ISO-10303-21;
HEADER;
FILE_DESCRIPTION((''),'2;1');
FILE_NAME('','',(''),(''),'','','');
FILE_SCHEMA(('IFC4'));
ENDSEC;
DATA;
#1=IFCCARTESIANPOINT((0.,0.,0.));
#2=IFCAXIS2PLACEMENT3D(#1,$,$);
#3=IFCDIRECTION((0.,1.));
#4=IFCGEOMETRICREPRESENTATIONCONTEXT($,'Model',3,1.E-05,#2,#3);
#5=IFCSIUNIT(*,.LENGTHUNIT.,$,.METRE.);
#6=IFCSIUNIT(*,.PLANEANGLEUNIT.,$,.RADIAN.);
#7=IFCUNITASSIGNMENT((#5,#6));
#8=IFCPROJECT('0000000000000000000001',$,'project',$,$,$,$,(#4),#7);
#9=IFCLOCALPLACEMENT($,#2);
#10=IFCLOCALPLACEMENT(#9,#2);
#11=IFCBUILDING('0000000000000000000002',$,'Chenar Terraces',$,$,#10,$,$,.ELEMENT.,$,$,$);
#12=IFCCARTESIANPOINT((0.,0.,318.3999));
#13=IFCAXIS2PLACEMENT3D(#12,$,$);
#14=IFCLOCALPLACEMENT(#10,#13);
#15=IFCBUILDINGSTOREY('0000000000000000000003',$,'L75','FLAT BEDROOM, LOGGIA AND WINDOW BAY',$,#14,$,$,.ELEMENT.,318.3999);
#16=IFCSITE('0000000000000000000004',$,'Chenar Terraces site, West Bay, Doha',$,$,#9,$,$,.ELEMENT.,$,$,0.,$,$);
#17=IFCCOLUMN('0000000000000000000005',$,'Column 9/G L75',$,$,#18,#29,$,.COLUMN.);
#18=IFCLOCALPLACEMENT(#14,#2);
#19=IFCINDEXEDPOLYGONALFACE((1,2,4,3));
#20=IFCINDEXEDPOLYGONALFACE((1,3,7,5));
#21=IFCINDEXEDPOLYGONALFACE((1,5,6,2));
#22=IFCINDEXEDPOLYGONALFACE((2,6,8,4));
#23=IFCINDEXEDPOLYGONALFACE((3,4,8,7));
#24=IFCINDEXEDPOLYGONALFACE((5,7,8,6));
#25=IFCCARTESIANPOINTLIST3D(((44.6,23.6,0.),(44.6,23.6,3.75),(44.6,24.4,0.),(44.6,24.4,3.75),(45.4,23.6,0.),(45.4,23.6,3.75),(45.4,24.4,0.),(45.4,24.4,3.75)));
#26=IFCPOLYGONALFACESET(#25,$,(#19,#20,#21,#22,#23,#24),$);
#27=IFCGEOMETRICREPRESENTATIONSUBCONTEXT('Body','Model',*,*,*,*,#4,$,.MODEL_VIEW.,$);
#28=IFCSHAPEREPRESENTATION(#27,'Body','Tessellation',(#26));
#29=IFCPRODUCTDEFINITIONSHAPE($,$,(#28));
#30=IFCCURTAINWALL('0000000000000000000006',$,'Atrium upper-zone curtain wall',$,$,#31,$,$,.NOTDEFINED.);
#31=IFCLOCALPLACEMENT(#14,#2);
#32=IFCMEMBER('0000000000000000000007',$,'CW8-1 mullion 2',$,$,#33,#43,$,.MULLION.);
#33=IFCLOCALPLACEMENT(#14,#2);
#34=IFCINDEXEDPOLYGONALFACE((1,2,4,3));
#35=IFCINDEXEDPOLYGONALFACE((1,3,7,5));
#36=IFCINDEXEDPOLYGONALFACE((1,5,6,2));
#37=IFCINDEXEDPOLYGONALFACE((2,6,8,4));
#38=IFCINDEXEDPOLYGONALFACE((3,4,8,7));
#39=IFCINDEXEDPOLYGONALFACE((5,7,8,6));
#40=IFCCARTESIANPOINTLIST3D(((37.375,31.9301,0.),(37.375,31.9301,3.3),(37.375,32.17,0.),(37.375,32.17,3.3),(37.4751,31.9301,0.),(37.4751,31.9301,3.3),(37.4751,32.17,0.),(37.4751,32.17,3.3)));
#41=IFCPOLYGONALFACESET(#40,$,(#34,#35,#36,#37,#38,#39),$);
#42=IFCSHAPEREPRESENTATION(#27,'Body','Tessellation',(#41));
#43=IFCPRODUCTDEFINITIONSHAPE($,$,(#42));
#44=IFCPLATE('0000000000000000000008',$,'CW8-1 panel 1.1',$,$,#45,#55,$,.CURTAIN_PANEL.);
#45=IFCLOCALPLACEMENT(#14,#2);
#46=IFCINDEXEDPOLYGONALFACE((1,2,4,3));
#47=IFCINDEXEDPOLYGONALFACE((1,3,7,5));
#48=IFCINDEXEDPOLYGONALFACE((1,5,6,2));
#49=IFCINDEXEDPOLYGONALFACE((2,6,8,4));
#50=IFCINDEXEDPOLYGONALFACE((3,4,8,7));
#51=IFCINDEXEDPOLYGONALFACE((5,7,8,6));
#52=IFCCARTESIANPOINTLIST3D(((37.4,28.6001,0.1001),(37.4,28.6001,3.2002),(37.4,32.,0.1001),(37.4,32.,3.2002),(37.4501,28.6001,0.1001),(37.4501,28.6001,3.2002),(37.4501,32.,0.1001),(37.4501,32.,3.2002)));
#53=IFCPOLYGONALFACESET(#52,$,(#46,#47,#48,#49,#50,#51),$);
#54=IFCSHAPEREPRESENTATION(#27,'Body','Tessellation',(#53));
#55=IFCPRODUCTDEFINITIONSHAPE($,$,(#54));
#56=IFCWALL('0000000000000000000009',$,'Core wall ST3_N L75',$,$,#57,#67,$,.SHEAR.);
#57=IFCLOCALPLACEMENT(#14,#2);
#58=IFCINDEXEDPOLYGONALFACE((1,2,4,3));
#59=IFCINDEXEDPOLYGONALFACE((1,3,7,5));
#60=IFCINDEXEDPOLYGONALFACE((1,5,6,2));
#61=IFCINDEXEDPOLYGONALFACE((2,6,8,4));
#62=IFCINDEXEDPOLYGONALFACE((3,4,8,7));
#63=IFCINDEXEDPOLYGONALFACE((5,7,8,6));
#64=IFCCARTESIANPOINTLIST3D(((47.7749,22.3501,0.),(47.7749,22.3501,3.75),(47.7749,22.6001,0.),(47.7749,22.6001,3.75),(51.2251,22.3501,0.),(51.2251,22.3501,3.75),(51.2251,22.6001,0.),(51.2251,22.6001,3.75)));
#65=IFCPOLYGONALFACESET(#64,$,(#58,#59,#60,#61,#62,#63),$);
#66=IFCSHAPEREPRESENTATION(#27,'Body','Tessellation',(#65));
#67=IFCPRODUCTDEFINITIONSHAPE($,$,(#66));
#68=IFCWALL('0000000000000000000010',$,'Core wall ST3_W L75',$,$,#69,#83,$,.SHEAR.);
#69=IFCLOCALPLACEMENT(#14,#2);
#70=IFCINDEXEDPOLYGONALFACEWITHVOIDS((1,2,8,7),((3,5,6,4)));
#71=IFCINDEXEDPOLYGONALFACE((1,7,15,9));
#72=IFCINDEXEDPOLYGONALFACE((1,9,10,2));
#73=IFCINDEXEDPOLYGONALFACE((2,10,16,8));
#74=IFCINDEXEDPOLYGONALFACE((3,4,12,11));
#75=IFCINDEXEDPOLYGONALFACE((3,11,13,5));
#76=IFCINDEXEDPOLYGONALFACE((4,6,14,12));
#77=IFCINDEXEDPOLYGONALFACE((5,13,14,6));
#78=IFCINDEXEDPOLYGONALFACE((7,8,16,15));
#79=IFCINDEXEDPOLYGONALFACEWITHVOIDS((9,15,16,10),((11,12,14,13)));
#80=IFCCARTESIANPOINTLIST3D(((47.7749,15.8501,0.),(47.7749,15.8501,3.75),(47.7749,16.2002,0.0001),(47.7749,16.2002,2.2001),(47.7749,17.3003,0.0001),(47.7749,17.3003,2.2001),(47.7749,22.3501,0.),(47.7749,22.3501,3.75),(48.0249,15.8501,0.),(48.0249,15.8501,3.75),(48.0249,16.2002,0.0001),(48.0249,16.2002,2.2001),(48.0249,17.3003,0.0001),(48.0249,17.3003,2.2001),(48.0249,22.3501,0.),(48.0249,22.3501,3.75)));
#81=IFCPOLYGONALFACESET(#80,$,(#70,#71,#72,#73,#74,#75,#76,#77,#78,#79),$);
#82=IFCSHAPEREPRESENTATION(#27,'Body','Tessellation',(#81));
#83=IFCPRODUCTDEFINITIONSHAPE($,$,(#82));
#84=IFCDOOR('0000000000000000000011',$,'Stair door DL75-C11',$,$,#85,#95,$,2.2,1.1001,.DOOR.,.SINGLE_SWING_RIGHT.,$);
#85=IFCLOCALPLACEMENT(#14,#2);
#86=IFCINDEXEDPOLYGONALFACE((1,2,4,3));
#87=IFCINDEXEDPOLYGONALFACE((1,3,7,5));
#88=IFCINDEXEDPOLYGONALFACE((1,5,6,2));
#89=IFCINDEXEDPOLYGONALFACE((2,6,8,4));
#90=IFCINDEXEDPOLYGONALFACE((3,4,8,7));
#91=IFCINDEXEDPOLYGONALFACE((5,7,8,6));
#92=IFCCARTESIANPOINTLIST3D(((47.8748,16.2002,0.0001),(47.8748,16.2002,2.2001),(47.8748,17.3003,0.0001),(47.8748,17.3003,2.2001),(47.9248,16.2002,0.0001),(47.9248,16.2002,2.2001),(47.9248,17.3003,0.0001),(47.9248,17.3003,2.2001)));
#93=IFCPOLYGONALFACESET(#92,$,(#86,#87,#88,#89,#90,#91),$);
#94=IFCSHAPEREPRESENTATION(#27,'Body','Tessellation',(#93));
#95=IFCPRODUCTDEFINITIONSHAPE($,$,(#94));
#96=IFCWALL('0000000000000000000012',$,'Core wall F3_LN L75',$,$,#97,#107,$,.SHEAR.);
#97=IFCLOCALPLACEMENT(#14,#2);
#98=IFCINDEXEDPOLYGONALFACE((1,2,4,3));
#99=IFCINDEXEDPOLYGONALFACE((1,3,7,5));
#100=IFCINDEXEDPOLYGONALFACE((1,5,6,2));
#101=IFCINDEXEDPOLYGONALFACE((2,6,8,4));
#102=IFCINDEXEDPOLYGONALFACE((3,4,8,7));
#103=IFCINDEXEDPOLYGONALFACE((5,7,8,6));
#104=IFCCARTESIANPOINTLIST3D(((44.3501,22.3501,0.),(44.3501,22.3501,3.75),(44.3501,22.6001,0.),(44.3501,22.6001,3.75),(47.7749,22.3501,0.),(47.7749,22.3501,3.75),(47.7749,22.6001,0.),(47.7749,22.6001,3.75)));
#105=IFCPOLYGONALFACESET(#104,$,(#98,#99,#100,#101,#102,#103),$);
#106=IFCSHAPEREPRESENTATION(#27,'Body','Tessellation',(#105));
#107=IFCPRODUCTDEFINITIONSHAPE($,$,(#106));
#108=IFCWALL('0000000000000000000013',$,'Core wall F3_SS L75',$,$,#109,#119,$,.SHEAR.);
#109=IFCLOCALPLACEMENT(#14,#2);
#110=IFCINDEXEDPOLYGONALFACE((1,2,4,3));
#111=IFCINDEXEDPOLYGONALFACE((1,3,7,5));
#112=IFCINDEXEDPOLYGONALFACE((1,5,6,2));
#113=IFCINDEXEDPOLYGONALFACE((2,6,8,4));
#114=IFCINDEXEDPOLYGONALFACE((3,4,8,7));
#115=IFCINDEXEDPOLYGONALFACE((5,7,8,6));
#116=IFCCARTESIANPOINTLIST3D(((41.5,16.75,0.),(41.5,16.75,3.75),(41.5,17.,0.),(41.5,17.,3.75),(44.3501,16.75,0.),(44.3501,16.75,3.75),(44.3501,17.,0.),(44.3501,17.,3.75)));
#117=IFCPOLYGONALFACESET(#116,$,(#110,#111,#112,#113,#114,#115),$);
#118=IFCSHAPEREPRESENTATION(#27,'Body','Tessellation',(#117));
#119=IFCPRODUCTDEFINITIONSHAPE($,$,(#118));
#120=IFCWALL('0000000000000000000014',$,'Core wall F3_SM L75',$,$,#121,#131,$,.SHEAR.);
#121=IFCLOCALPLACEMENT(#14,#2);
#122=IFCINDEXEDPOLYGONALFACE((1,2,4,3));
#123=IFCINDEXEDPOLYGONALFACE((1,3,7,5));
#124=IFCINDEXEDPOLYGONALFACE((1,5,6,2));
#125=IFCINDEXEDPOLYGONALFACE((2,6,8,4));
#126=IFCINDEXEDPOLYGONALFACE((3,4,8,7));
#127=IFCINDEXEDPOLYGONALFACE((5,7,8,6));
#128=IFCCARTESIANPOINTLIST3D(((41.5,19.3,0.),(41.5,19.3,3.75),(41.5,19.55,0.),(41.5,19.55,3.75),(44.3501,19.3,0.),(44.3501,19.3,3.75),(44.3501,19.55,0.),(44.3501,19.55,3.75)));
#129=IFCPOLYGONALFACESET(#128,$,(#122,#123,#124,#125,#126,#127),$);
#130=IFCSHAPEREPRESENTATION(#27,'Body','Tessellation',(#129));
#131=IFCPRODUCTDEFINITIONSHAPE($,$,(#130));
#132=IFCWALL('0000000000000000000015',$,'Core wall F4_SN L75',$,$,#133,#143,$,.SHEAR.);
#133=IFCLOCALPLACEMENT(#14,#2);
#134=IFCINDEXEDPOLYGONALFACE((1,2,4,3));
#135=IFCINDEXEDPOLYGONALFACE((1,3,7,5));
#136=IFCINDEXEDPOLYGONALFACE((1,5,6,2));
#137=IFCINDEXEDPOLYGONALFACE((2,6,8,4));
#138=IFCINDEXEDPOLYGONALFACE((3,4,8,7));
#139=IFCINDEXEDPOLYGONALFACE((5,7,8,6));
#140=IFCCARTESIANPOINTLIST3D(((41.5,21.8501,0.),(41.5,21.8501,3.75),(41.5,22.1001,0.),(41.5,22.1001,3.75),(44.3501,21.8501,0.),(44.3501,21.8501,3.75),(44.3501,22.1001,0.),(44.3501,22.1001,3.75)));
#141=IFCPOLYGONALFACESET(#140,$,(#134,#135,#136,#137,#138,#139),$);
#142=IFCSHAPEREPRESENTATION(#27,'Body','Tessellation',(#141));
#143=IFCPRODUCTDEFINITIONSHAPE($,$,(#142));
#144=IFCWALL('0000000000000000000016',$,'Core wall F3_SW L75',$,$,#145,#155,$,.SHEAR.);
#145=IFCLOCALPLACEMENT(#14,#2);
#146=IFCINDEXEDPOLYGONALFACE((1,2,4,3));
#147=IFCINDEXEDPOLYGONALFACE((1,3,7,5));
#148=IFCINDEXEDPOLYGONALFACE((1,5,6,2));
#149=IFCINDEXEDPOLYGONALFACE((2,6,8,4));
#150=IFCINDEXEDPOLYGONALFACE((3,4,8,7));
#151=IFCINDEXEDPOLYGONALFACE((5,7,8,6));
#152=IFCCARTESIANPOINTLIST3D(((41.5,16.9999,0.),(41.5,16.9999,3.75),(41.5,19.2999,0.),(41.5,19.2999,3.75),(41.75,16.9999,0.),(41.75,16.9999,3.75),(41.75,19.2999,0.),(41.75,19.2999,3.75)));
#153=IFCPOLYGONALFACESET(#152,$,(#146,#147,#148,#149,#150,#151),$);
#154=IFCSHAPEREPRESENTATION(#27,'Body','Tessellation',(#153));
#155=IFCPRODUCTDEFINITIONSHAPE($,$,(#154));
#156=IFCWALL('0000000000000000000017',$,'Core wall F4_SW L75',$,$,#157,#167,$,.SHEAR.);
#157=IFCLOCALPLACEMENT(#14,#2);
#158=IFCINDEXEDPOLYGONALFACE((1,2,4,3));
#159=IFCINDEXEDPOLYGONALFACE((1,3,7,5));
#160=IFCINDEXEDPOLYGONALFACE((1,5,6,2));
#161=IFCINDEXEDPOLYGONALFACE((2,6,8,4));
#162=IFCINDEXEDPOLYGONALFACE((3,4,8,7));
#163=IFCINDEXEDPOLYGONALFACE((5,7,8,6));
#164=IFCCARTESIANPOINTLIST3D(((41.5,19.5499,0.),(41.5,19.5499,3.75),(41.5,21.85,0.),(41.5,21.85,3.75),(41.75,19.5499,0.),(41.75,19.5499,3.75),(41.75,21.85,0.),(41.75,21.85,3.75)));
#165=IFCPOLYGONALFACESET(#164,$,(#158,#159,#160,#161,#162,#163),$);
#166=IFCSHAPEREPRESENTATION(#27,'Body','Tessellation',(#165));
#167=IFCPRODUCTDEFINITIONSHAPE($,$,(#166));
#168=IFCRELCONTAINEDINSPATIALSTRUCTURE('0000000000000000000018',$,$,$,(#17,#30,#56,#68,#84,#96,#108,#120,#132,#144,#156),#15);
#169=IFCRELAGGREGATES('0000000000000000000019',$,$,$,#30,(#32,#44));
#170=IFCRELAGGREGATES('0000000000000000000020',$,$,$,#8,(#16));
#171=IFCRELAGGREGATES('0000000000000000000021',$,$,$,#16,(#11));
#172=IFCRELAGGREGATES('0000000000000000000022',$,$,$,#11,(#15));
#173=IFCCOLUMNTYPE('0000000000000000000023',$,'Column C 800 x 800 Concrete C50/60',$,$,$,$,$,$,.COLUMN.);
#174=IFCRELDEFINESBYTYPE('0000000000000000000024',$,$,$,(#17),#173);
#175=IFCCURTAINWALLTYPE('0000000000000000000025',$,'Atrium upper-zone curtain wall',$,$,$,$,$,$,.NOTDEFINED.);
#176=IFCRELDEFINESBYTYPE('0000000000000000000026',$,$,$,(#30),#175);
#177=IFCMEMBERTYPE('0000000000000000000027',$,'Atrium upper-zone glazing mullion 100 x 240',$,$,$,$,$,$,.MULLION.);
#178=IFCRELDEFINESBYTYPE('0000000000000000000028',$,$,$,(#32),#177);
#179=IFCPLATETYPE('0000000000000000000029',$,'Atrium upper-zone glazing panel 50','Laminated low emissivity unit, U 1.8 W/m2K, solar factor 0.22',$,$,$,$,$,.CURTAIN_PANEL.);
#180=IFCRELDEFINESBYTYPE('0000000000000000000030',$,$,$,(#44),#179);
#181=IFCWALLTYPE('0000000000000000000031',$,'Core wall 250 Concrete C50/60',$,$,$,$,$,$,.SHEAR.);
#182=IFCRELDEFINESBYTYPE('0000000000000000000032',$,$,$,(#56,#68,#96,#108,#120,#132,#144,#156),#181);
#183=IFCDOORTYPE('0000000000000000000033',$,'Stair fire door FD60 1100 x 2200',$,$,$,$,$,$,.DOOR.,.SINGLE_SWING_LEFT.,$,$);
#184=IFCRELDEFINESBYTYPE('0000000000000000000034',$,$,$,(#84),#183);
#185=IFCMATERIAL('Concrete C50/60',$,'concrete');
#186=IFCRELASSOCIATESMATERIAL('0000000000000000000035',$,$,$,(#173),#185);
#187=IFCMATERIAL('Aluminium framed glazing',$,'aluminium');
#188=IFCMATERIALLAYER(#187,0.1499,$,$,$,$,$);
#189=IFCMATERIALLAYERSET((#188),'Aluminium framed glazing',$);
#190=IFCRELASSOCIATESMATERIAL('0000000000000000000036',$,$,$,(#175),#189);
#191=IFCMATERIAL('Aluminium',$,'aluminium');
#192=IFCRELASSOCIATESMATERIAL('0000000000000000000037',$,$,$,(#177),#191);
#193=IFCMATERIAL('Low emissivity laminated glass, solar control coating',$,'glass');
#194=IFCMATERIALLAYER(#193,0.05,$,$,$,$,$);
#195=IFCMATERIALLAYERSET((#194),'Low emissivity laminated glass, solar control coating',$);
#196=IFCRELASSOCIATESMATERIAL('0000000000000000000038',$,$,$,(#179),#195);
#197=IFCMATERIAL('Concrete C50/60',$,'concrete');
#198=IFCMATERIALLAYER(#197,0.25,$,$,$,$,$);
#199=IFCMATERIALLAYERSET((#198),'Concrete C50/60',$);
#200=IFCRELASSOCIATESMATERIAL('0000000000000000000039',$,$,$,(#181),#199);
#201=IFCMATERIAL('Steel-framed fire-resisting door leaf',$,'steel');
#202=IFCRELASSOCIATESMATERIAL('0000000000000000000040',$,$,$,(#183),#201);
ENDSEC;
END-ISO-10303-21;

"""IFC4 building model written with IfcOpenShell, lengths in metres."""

from ifc_helpers import new_model, si_unit, direction, frame, frame_2d, origin, origin_2d, place, context, subcontext, project, spatial, rectangle, extrude, material, layer, layer_set, material_profile, profile_set, type_object, element, fill, aggregate, save


model = new_model("IFC4")

# Units and contexts
model_context = context("Model", 3, precision=1e-05, world=origin(), true_north=direction((0.0, 1.0)))
body_context = subcontext(model_context, "Body", "Model", "MODEL_VIEW")
ifc_project = project(units=[si_unit("LENGTHUNIT", "METRE"), si_unit("PLANEANGLEUNIT", "RADIAN")], contexts=[model_context])

# Site, building, storey
site_placement = place(None, origin())
site = spatial("IfcSite", under=ifc_project, at=site_placement, Name="Chenar Terraces site, West Bay, Doha", CompositionType="ELEMENT", RefElevation=0.0)
building_placement = place(site_placement, origin())
building = spatial("IfcBuilding", under=site, at=building_placement, Name="Chenar Terraces", CompositionType="ELEMENT")
storey_placement = place(building_placement, frame((0.0, 0.0, 318.3999)))
storey = spatial("IfcBuildingStorey", under=building, at=storey_placement, Name="L75", Description="FLAT BEDROOM, LOGGIA AND WINDOW BAY", CompositionType="ELEMENT", Elevation=318.3999)

# Column
ifc_material_1 = material(Name="Concrete C50/60", Category="concrete")
ifc_material_profile_1 = material_profile(ifc_material_1, rectangle(XDim=0.8, YDim=0.8, at=origin_2d()), Name="C 800 x 800")
ifc_profile_set_1 = profile_set([ifc_material_profile_1], Name="Concrete C50/60")
column_type = type_object("IfcColumnType", Name="Column C 800 x 800 Concrete C50/60", PredefinedType="COLUMN", material=ifc_profile_set_1)
column_placement = place(storey_placement, frame((45.0, 24.0, 0.0), z_axis=(0.0, 0.0, 1.0), x_axis=(1.0, 0.0, 0.0)))
element("IfcColumn", 1, at=column_placement, inside=storey, type_object=column_type, Name="Column 9/G L75", PredefinedType="COLUMN", context=body_context, shape_type="SweptSolid", body=[
    extrude(rectangle(XDim=0.8, YDim=0.8, at=origin_2d()), origin(), (0.0, 0.0, 1.0), 3.75),
])

# Curtain wall, member, plate
ifc_material_2 = material(Name="Aluminium framed glazing", Category="aluminium")
ifc_layer_1 = layer(ifc_material_2, 0.1499)
ifc_layer_set_1 = layer_set([ifc_layer_1], Name="Aluminium framed glazing")
curtain_wall_type = type_object("IfcCurtainWallType", Name="Atrium upper-zone curtain wall", PredefinedType="NOTDEFINED", material=ifc_layer_set_1)
curtain_wall_placement = place(storey_placement, origin())
curtain_wall = element("IfcCurtainWall", 2, at=curtain_wall_placement, inside=storey, type_object=curtain_wall_type, Name="Atrium upper-zone curtain wall", PredefinedType="NOTDEFINED")
ifc_material_3 = material(Name="Aluminium", Category="aluminium")
ifc_material_profile_2 = material_profile(ifc_material_3, rectangle(XDim=0.1001, YDim=0.24, at=origin_2d()), Name="Atrium upper-zone glazing mullion 100 x 240")
ifc_profile_set_2 = profile_set([ifc_material_profile_2], Name="Aluminium")
member_type = type_object("IfcMemberType", Name="Atrium upper-zone glazing mullion 100 x 240", PredefinedType="MULLION", material=ifc_profile_set_2)
member_placement = place(storey_placement, frame((37.425, 32.05, 0.0), z_axis=(0.0, 0.0, 1.0), x_axis=(-1.0, 0.0, 0.0)))
member = element("IfcMember", 3, at=member_placement, type_object=member_type, Name="CW8-1 mullion 2", PredefinedType="MULLION", context=body_context, shape_type="SweptSolid", body=[
    extrude(rectangle(XDim=0.1001, YDim=0.24, at=origin_2d()), origin(), (0.0, 0.0, 1.0), 3.3),
])
ifc_material_4 = material(Name="Low emissivity laminated glass, solar control coating", Category="glass")
ifc_layer_2 = layer(ifc_material_4, 0.05)
ifc_layer_set_2 = layer_set([ifc_layer_2], Name="Low emissivity laminated glass, solar control coating")
plate_type = type_object("IfcPlateType", Name="Atrium upper-zone glazing panel 50", Description="Laminated low emissivity unit, U 1.8 W/m2K, solar factor 0.22", PredefinedType="CURTAIN_PANEL", material=ifc_layer_set_2)
plate_placement = place(storey_placement, frame((37.425, 30.3, 0.1001), z_axis=(0.0, 0.0, 1.0), x_axis=(0.0, 1.0, 0.0)))
plate = element("IfcPlate", 4, at=plate_placement, type_object=plate_type, Name="CW8-1 panel 1.1", PredefinedType="CURTAIN_PANEL", context=body_context, shape_type="SweptSolid", body=[
    extrude(rectangle(XDim=3.3999, YDim=0.05, at=origin_2d()), origin(), (0.0, 0.0, 1.0), 3.1001),
])
aggregate(curtain_wall, [member, plate])

# Wall
ifc_material_5 = material(Name="Concrete C50/60", Category="concrete")
ifc_layer_3 = layer(ifc_material_5, 0.25)
ifc_layer_set_3 = layer_set([ifc_layer_3], Name="Concrete C50/60")
wall_type_1 = type_object("IfcWallType", Name="Core wall 250 Concrete C50/60", PredefinedType="SHEAR", material=ifc_layer_set_3)
wall_1_placement = place(storey_placement, frame((47.7749, 22.4751, 0.0), z_axis=(0.0, 0.0, 1.0), x_axis=(1.0, 0.0, 0.0)))
element("IfcWall", 5, at=wall_1_placement, inside=storey, type_object=wall_type_1, Name="Core wall ST3_N L75", PredefinedType="SHEAR", context=body_context, shape_type="SweptSolid", body=[
    extrude(rectangle(XDim=3.4502, YDim=0.25, at=frame_2d((1.7251, 0.0))), origin(), (0.0, 0.0, 1.0), 3.75),
])

# Wall, opening, door
wall_2_placement = place(storey_placement, frame((47.8999, 15.8501, 0.0), z_axis=(0.0, 0.0, 1.0), x_axis=(0.0, 1.0, 0.0)))
wall_2 = element("IfcWall", 6, at=wall_2_placement, inside=storey, type_object=wall_type_1, Name="Core wall ST3_W L75", PredefinedType="SHEAR", context=body_context, shape_type="SweptSolid", body=[
    extrude(rectangle(XDim=6.5, YDim=0.25, at=frame_2d((3.25, 0.0))), origin(), (0.0, 0.0, 1.0), 3.75),
])
opening_1_placement = place(wall_2_placement, frame((0.3501, 0.0, 0.0)))
opening_1 = element("IfcOpeningElement", 7, at=opening_1_placement, cuts=wall_2, PredefinedType="OPENING", context=body_context, shape_type="SweptSolid", body=[
    extrude(rectangle(XDim=1.1001, YDim=2.2, at=frame_2d((0.55, 1.1001))), frame((0.0, 0.135, 0.0), z_axis=(0.0, -1.0, 0.0), x_axis=(1.0, 0.0, 0.0)), (0.0, 0.0, 1.0), 0.27),
])
ifc_material_6 = material(Name="Steel-framed fire-resisting door leaf", Category="steel")
door_type = type_object("IfcDoorType", Name="Stair fire door FD60 1100 x 2200", OperationType="SINGLE_SWING_LEFT", PredefinedType="DOOR", material=ifc_material_6)
door_placement = place(opening_1_placement, frame((1.1001, 0.0, 0.0), z_axis=(0.0, 0.0, 1.0), x_axis=(-1.0, 0.0, 0.0)))
door = element("IfcDoor", 8, at=door_placement, inside=storey, type_object=door_type, Name="Stair door DL75-C11", OperationType="SINGLE_SWING_RIGHT", OverallHeight=2.2, OverallWidth=1.1001, PredefinedType="DOOR", context=body_context, shape_type="SweptSolid", body=[
    extrude(rectangle(XDim=1.1001, YDim=2.2, at=frame_2d((0.55, 1.1001))), frame((0.0, 0.0249, 0.0), z_axis=(0.0, -1.0, 0.0), x_axis=(1.0, 0.0, 0.0)), (0.0, 0.0, 1.0), 0.05),
])
fill(opening_1, door)

# Walls
wall_3_placement = place(storey_placement, frame((44.3501, 22.4751, 0.0), z_axis=(0.0, 0.0, 1.0), x_axis=(1.0, 0.0, 0.0)))
element("IfcWall", 9, at=wall_3_placement, inside=storey, type_object=wall_type_1, Name="Core wall F3_LN L75", PredefinedType="SHEAR", context=body_context, shape_type="SweptSolid", body=[
    extrude(rectangle(XDim=3.4248, YDim=0.25, at=frame_2d((1.7124, 0.0))), origin(), (0.0, 0.0, 1.0), 3.75),
])
for number, where, z_axis, x_axis, name in (
    (10, (41.5, 16.875, 0.0), (0.0, 0.0, 1.0), (1.0, 0.0, 0.0), "Core wall F3_SS L75"),
    (11, (41.5, 19.425, 0.0), (0.0, 0.0, 1.0), (1.0, 0.0, 0.0), "Core wall F3_SM L75"),
    (12, (41.5, 21.9751, 0.0), (0.0, 0.0, 1.0), (1.0, 0.0, 0.0), "Core wall F4_SN L75"),
):
    element("IfcWall", number, at=place(storey_placement, frame(where, z_axis=z_axis, x_axis=x_axis)), inside=storey, type_object=wall_type_1, Name=name, PredefinedType="SHEAR", context=body_context, shape_type="SweptSolid", body=[
        extrude(rectangle(XDim=2.8501, YDim=0.25, at=frame_2d((1.425, 0.0))), origin(), (0.0, 0.0, 1.0), 3.75),
    ])
for number, where, z_axis, x_axis, name in (
    (13, (41.625, 17.0, 0.0), (0.0, 0.0, 1.0), (0.0, 1.0, 0.0), "Core wall F3_SW L75"),
    (14, (41.625, 19.55, 0.0), (0.0, 0.0, 1.0), (0.0, 1.0, 0.0), "Core wall F4_SW L75"),
):
    element("IfcWall", number, at=place(storey_placement, frame(where, z_axis=z_axis, x_axis=x_axis)), inside=storey, type_object=wall_type_1, Name=name, PredefinedType="SHEAR", context=body_context, shape_type="SweptSolid", body=[
        extrude(rectangle(XDim=2.3, YDim=0.25, at=frame_2d((1.1499, 0.0))), origin(), (0.0, 0.0, 1.0), 3.75),
    ])

save(model, "model.ifc")
